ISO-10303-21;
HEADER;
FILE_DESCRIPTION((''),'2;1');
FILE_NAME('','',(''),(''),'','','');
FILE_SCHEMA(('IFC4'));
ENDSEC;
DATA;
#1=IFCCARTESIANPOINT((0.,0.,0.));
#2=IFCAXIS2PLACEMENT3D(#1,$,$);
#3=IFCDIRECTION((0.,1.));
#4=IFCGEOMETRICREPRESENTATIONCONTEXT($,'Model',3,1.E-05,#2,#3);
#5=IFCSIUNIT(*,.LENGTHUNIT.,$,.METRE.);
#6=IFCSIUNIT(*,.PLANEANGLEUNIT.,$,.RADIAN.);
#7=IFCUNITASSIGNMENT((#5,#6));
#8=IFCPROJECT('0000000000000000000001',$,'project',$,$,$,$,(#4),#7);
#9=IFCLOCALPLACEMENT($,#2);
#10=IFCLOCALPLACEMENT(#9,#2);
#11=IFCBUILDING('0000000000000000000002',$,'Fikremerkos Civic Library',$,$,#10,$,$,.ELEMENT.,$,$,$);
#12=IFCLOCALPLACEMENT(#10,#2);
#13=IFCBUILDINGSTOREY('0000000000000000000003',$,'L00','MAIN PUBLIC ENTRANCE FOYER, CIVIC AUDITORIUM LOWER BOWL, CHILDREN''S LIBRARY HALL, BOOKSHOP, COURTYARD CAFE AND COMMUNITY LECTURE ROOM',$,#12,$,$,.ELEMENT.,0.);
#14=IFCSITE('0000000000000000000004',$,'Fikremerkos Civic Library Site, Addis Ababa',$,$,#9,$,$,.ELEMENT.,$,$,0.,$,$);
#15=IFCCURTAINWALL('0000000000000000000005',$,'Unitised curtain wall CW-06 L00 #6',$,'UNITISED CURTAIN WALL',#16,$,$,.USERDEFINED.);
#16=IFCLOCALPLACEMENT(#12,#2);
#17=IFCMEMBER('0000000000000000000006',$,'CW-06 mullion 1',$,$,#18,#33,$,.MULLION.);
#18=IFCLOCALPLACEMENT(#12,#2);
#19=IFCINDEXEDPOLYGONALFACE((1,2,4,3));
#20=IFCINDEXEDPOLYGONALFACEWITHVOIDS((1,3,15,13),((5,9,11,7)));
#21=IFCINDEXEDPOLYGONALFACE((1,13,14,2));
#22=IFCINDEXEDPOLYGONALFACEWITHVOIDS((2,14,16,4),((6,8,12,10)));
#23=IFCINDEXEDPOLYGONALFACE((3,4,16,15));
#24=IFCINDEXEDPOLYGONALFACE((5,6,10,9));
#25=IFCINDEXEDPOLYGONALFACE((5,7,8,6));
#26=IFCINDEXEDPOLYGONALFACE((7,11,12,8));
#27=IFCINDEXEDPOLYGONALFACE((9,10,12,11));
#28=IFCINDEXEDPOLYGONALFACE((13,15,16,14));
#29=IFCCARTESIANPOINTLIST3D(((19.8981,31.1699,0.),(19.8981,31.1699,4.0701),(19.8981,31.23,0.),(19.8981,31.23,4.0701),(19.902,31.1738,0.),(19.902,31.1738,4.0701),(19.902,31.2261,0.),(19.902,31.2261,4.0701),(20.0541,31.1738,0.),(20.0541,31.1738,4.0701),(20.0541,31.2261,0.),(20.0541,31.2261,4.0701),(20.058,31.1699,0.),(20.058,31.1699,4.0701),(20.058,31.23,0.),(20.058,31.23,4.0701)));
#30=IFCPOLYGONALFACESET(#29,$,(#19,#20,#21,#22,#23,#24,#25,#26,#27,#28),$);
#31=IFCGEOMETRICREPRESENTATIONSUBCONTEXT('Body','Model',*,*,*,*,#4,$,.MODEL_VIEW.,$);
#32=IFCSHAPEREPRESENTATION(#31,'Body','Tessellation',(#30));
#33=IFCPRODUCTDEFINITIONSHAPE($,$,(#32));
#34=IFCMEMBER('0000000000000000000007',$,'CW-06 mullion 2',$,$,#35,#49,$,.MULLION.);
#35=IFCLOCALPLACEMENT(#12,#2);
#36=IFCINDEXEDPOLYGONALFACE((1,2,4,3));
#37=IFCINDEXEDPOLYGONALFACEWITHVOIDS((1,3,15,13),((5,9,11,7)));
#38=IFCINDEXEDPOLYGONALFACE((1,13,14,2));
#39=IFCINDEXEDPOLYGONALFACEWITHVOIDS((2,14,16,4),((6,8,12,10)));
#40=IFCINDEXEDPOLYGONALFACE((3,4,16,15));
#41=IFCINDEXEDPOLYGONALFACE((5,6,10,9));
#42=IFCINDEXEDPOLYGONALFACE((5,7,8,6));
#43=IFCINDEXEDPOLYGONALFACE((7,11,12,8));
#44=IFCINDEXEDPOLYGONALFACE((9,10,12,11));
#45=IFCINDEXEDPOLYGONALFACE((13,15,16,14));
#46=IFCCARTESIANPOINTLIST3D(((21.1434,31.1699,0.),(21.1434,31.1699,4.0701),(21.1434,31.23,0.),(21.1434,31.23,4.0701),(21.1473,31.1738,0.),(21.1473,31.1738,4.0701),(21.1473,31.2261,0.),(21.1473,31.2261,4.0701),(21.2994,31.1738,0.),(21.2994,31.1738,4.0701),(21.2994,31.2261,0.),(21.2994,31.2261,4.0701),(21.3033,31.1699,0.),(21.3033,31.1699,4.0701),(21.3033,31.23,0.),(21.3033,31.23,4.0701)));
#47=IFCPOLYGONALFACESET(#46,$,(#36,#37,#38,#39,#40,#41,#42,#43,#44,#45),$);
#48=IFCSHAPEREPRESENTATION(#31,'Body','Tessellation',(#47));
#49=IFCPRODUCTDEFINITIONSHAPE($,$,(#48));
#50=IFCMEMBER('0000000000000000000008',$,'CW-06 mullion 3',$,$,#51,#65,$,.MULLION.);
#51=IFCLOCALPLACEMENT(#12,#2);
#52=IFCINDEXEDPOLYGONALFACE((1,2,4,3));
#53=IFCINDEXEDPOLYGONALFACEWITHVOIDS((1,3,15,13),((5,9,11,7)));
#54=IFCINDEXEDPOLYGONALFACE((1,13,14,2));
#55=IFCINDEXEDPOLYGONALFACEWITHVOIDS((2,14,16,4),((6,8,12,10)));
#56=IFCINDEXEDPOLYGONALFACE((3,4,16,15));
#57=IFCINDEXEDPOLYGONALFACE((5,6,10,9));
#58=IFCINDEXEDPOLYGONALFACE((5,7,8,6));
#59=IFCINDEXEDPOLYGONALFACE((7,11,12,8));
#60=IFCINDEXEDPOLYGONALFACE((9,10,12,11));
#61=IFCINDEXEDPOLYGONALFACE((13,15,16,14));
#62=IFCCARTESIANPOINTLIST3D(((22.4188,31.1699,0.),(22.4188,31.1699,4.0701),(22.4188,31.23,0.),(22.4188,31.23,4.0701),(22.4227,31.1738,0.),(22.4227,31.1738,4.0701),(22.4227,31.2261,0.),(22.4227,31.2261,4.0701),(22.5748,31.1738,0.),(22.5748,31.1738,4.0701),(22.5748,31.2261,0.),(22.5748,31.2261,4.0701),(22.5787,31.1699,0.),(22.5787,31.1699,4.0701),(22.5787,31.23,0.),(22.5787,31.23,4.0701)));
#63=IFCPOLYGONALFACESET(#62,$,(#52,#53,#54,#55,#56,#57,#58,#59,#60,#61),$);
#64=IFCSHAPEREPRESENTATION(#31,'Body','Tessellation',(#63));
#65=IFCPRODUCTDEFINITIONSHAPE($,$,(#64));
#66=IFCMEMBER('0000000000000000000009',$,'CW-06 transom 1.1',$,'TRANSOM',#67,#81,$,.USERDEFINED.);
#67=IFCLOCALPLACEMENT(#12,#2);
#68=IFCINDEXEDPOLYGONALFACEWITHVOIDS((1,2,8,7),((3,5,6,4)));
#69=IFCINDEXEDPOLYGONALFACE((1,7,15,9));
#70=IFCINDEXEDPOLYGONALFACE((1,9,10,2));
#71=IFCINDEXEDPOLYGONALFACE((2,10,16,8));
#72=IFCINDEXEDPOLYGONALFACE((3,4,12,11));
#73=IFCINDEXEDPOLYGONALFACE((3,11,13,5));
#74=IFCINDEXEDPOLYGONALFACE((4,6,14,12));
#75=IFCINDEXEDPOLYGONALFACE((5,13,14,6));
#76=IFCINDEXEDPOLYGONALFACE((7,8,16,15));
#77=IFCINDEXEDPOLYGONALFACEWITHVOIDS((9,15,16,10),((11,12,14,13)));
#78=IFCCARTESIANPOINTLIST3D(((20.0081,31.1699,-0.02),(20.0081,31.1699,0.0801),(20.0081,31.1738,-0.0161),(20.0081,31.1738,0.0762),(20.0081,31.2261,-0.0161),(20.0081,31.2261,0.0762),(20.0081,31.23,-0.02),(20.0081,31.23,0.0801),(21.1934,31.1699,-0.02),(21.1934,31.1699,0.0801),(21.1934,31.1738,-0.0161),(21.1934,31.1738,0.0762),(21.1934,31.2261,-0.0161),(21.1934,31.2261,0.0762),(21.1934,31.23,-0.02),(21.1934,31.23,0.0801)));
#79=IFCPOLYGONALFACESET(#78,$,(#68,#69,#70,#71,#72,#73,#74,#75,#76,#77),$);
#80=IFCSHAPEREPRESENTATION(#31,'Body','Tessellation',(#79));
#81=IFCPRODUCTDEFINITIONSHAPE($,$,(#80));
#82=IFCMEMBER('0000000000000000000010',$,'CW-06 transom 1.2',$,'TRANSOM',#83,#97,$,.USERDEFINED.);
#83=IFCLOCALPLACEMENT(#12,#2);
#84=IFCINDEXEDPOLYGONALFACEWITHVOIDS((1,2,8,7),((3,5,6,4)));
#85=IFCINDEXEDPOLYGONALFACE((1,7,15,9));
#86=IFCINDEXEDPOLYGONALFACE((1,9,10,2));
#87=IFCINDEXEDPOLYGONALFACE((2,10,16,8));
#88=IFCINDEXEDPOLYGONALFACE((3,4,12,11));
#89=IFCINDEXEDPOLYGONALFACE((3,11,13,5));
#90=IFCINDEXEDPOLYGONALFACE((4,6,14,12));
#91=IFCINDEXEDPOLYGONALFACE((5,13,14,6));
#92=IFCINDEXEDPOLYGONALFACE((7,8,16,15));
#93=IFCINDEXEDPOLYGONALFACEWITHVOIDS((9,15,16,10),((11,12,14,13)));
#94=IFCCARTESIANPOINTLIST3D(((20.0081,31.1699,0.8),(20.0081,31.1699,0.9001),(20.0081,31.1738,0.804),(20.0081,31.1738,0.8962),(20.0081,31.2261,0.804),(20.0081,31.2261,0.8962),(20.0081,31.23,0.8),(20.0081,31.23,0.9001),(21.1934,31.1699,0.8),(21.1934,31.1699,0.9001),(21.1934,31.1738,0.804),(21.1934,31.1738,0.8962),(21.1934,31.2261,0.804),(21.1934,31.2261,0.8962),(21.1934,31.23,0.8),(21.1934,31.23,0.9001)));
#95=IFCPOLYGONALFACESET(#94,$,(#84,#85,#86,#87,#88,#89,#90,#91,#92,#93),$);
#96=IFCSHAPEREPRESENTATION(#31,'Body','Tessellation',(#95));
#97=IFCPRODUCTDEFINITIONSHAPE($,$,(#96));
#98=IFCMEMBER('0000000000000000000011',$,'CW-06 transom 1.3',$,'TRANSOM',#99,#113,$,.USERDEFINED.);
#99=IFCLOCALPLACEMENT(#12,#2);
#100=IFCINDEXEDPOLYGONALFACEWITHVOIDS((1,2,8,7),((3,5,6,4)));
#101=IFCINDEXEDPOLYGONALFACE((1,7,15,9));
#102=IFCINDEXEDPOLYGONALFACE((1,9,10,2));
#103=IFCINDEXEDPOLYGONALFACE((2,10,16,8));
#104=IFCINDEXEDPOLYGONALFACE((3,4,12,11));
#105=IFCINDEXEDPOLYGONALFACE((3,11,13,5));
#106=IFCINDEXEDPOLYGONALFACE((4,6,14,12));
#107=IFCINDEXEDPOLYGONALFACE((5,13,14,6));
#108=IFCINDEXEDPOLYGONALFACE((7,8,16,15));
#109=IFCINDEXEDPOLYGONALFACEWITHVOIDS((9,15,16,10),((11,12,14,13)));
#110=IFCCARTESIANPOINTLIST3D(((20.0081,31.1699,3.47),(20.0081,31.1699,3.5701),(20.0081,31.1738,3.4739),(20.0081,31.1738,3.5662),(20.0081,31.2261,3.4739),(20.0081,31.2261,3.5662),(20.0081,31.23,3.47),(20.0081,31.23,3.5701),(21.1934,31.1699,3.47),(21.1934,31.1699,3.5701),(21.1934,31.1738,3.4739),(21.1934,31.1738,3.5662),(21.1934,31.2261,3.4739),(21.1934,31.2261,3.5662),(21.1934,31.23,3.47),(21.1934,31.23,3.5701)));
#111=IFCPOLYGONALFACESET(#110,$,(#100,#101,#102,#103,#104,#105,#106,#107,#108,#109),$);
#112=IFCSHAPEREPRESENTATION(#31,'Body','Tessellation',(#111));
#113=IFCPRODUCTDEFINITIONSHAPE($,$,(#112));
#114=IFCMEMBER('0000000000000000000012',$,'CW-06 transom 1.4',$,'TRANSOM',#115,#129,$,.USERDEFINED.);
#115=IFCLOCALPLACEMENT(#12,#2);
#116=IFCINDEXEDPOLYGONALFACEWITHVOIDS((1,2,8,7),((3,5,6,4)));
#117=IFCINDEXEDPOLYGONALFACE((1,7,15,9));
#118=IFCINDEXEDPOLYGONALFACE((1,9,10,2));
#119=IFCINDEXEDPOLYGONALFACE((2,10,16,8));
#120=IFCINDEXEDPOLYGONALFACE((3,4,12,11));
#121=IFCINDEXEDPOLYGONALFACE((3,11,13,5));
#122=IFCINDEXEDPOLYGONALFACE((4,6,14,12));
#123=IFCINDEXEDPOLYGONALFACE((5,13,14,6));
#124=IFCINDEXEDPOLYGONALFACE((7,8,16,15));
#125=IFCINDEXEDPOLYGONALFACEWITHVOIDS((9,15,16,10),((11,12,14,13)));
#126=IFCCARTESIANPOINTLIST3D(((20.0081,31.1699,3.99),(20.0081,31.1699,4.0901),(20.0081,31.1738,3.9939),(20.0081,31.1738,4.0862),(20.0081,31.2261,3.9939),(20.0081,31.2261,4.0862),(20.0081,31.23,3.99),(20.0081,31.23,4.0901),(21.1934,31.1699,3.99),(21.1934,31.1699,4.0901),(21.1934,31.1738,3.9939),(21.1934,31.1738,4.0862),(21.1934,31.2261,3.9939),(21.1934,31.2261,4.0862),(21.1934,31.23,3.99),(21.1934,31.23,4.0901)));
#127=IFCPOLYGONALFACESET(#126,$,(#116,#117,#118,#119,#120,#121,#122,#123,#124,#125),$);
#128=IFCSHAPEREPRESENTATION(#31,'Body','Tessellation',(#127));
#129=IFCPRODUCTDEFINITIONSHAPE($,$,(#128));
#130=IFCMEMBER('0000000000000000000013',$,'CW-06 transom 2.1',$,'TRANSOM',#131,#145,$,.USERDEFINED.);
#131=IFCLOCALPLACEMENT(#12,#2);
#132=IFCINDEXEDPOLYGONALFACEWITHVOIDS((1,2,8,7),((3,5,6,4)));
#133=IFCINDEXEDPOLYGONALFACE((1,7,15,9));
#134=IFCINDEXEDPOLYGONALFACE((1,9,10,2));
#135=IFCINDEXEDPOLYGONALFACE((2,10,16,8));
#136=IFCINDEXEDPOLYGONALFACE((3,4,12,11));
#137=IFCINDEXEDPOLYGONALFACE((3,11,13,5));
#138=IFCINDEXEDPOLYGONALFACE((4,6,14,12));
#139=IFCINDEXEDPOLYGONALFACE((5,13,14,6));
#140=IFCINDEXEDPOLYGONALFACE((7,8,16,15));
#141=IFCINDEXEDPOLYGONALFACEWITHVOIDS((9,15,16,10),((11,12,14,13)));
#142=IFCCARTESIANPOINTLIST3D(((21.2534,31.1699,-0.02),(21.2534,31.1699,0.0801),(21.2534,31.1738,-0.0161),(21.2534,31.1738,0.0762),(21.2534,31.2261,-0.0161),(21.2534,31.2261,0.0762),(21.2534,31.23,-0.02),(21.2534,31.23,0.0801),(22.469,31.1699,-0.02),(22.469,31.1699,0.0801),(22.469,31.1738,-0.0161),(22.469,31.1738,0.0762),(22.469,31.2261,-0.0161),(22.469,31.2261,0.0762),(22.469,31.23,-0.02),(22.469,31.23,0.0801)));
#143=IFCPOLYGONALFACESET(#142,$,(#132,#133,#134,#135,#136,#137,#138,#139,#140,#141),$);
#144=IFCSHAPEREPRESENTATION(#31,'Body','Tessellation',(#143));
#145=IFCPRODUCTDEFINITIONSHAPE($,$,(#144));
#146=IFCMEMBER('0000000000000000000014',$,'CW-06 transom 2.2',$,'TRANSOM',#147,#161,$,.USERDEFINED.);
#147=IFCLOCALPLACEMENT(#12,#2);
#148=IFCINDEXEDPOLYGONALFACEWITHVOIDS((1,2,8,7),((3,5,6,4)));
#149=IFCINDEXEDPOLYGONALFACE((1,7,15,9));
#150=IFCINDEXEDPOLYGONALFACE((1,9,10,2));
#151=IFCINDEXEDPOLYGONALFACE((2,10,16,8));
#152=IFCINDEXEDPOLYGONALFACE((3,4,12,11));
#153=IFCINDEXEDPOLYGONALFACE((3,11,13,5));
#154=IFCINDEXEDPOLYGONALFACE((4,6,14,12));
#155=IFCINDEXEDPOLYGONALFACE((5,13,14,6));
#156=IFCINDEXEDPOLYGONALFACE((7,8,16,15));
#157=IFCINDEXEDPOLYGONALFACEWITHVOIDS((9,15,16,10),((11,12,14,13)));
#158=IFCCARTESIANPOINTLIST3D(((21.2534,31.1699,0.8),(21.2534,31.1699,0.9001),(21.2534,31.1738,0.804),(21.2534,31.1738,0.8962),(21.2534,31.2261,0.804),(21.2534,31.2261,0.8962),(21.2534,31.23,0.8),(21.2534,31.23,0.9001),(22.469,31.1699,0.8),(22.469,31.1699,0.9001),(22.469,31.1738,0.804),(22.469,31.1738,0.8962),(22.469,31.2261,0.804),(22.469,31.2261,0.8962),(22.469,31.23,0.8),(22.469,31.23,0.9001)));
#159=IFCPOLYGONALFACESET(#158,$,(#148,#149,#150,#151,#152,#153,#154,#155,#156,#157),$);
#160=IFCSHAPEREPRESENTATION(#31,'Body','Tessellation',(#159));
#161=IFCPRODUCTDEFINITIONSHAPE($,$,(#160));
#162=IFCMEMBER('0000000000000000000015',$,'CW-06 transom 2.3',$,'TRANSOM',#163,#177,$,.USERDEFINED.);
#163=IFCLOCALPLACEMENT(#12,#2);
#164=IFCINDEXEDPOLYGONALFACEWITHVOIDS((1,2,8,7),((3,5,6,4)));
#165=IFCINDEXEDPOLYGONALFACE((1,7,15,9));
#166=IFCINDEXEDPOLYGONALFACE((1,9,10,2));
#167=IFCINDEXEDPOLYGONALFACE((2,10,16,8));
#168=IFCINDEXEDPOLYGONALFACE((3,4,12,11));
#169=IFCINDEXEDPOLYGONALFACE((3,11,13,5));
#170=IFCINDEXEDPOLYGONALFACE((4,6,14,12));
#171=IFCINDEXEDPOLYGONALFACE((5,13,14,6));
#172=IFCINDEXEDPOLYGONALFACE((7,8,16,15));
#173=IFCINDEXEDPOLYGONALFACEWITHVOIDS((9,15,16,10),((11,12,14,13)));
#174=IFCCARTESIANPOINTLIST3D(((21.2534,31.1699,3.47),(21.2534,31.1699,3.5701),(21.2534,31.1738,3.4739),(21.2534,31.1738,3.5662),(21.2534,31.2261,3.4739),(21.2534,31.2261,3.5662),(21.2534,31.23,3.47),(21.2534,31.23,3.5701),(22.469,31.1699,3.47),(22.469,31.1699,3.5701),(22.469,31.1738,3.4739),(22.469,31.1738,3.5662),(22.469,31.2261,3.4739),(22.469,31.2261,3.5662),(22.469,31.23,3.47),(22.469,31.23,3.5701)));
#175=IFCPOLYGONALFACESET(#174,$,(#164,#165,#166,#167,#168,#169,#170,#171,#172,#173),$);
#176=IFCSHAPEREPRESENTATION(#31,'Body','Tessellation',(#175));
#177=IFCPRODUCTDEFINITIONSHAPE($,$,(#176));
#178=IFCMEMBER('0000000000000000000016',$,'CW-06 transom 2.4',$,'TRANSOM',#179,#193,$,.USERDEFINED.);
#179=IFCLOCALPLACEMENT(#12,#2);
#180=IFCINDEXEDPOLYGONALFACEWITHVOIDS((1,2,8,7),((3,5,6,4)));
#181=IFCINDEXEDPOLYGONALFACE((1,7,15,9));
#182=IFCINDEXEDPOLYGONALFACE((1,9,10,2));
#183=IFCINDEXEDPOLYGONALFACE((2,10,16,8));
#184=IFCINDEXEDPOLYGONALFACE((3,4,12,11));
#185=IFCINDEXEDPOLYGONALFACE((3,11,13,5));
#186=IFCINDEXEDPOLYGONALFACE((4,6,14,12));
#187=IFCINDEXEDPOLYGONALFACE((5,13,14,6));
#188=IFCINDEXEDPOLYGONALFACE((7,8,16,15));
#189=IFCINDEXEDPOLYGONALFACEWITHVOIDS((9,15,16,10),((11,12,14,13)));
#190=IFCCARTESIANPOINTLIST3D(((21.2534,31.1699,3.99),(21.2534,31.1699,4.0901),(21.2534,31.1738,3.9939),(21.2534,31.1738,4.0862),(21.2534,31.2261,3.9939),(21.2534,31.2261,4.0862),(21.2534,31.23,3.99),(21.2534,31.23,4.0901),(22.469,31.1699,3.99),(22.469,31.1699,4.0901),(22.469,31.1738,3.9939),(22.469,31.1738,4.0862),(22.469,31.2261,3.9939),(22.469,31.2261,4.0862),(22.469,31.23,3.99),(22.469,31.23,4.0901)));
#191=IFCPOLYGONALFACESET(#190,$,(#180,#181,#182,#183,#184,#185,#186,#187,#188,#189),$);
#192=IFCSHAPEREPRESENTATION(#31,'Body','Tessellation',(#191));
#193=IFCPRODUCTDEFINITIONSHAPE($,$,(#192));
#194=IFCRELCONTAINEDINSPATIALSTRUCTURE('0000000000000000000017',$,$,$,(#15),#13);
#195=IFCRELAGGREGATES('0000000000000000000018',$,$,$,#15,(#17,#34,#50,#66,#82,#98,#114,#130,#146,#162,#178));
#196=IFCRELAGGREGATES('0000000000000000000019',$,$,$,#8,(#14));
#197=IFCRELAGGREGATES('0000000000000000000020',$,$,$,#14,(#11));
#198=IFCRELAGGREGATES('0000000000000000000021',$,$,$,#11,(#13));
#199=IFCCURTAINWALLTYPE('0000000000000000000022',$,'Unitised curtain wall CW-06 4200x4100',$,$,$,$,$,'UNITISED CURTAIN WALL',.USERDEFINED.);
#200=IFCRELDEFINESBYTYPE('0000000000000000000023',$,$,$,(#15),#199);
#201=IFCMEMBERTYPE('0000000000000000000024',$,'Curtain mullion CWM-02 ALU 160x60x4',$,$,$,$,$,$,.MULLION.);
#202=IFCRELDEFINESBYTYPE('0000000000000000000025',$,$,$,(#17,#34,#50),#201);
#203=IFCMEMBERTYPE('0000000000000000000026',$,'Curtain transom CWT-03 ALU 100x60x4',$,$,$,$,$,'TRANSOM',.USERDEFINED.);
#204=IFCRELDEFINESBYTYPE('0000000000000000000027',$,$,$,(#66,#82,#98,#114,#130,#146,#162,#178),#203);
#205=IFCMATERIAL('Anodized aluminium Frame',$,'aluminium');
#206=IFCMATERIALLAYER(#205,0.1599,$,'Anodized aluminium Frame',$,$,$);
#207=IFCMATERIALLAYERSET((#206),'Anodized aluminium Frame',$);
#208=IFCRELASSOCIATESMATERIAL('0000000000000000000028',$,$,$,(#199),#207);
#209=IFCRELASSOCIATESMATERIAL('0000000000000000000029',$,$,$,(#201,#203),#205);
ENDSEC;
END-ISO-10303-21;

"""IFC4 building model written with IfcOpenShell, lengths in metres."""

from ifc_helpers import new_model, si_unit, direction, frame, origin, origin_2d, place, context, subcontext, project, spatial, hollow_rectangle, extrude, material, layer, layer_set, material_profile, profile_set, type_object, element, aggregate, save


model = new_model("IFC4")

# Units and contexts
model_context = context("Model", 3, precision=1e-05, world=origin(), true_north=direction((0.0, 1.0)))
body_context = subcontext(model_context, "Body", "Model", "MODEL_VIEW")
ifc_project = project(units=[si_unit("LENGTHUNIT", "METRE"), si_unit("PLANEANGLEUNIT", "RADIAN")], contexts=[model_context])

# Site, building, storey
site_placement = place(None, origin())
site = spatial("IfcSite", under=ifc_project, at=site_placement, Name="Fikremerkos Civic Library Site, Addis Ababa", CompositionType="ELEMENT", RefElevation=0.0)
building_placement = place(site_placement, origin())
building = spatial("IfcBuilding", under=site, at=building_placement, Name="Fikremerkos Civic Library", CompositionType="ELEMENT")
storey_placement = place(building_placement, origin())
storey = spatial("IfcBuildingStorey", under=building, at=storey_placement, Name="L00", Description="MAIN PUBLIC ENTRANCE FOYER, CIVIC AUDITORIUM LOWER BOWL, CHILDREN'S LIBRARY HALL, BOOKSHOP, COURTYARD CAFE AND COMMUNITY LECTURE ROOM", CompositionType="ELEMENT", Elevation=0.0)

# Curtain wall, members
ifc_material_1 = material(Name="Anodized aluminium Frame", Category="aluminium")
ifc_layer_1 = layer(ifc_material_1, 0.1599, Name="Anodized aluminium Frame")
ifc_layer_set_1 = layer_set([ifc_layer_1], Name="Anodized aluminium Frame")
curtain_wall_type = type_object("IfcCurtainWallType", Name="Unitised curtain wall CW-06 4200x4100", ElementType="UNITISED CURTAIN WALL", PredefinedType="USERDEFINED", material=ifc_layer_set_1)
curtain_wall_placement = place(storey_placement, origin())
curtain_wall = element("IfcCurtainWall", 1, at=curtain_wall_placement, inside=storey, type_object=curtain_wall_type, Name="Unitised curtain wall CW-06 L00 #6", ObjectType="UNITISED CURTAIN WALL", PredefinedType="USERDEFINED")
ifc_material_profile_1 = material_profile(ifc_material_1, hollow_rectangle(XDim=0.0601, YDim=0.1599, WallThickness=0.0039, at=origin_2d()), Name="ALU 160x60x4")
ifc_profile_set_1 = profile_set([ifc_material_profile_1], Name="Anodized aluminium Frame")
member_type_1 = type_object("IfcMemberType", Name="Curtain mullion CWM-02 ALU 160x60x4", PredefinedType="MULLION", material=ifc_profile_set_1)
member_1_placement = place(storey_placement, frame((19.978, 31.2, 0.0), z_axis=(0.0, 0.0, 1.0), x_axis=(0.0, 1.0, 0.0)))
member_1 = element("IfcMember", 2, at=member_1_placement, type_object=member_type_1, Name="CW-06 mullion 1", PredefinedType="MULLION", context=body_context, shape_type="SweptSolid", body=[
    extrude(hollow_rectangle(XDim=0.0601, YDim=0.1599, WallThickness=0.0039, at=origin_2d()), origin(), (0.0, 0.0, 1.0), 4.0701),
])
member_2_placement = place(storey_placement, frame((21.2234, 31.2, 0.0), z_axis=(0.0, 0.0, 1.0), x_axis=(0.0, 1.0, 0.0)))
member_2 = element("IfcMember", 3, at=member_2_placement, type_object=member_type_1, Name="CW-06 mullion 2", PredefinedType="MULLION", context=body_context, shape_type="SweptSolid", body=[
    extrude(hollow_rectangle(XDim=0.0601, YDim=0.1599, WallThickness=0.0039, at=origin_2d()), origin(), (0.0, 0.0, 1.0), 4.0701),
])
member_3_placement = place(storey_placement, frame((22.4988, 31.2, 0.0), z_axis=(0.0, 0.0, 1.0), x_axis=(0.0, 1.0, 0.0)))
member_3 = element("IfcMember", 4, at=member_3_placement, type_object=member_type_1, Name="CW-06 mullion 3", PredefinedType="MULLION", context=body_context, shape_type="SweptSolid", body=[
    extrude(hollow_rectangle(XDim=0.0601, YDim=0.1599, WallThickness=0.0039, at=origin_2d()), origin(), (0.0, 0.0, 1.0), 4.0701),
])
ifc_material_profile_2 = material_profile(ifc_material_1, hollow_rectangle(XDim=0.0601, YDim=0.1001, WallThickness=0.0039, at=origin_2d()), Name="ALU 100x60x4")
ifc_profile_set_2 = profile_set([ifc_material_profile_2], Name="Anodized aluminium Frame")
member_type_2 = type_object("IfcMemberType", Name="Curtain transom CWT-03 ALU 100x60x4", ElementType="TRANSOM", PredefinedType="USERDEFINED", material=ifc_profile_set_2)
member_4_placement = place(storey_placement, frame((20.0081, 31.2, 0.03), z_axis=(1.0, 0.0, 0.0), x_axis=(0.0, 1.0, 0.0)))
member_4 = element("IfcMember", 5, at=member_4_placement, type_object=member_type_2, Name="CW-06 transom 1.1", ObjectType="TRANSOM", PredefinedType="USERDEFINED", context=body_context, shape_type="SweptSolid", body=[
    extrude(hollow_rectangle(XDim=0.0601, YDim=0.1001, WallThickness=0.0039, at=origin_2d()), origin(), (0.0, 0.0, 1.0), 1.1853),
])
member_5_placement = place(storey_placement, frame((20.0081, 31.2, 0.8501), z_axis=(1.0, 0.0, 0.0), x_axis=(0.0, 1.0, 0.0)))
member_5 = element("IfcMember", 6, at=member_5_placement, type_object=member_type_2, Name="CW-06 transom 1.2", ObjectType="TRANSOM", PredefinedType="USERDEFINED", context=body_context, shape_type="SweptSolid", body=[
    extrude(hollow_rectangle(XDim=0.0601, YDim=0.1001, WallThickness=0.0039, at=origin_2d()), origin(), (0.0, 0.0, 1.0), 1.1853),
])
member_6_placement = place(storey_placement, frame((20.0081, 31.2, 3.52), z_axis=(1.0, 0.0, 0.0), x_axis=(0.0, 1.0, 0.0)))
member_6 = element("IfcMember", 7, at=member_6_placement, type_object=member_type_2, Name="CW-06 transom 1.3", ObjectType="TRANSOM", PredefinedType="USERDEFINED", context=body_context, shape_type="SweptSolid", body=[
    extrude(hollow_rectangle(XDim=0.0601, YDim=0.1001, WallThickness=0.0039, at=origin_2d()), origin(), (0.0, 0.0, 1.0), 1.1853),
])
member_7_placement = place(storey_placement, frame((20.0081, 31.2, 4.04), z_axis=(1.0, 0.0, 0.0), x_axis=(0.0, 1.0, 0.0)))
member_7 = element("IfcMember", 8, at=member_7_placement, type_object=member_type_2, Name="CW-06 transom 1.4", ObjectType="TRANSOM", PredefinedType="USERDEFINED", context=body_context, shape_type="SweptSolid", body=[
    extrude(hollow_rectangle(XDim=0.0601, YDim=0.1001, WallThickness=0.0039, at=origin_2d()), origin(), (0.0, 0.0, 1.0), 1.1853),
])
member_8_placement = place(storey_placement, frame((21.2534, 31.2, 0.03), z_axis=(1.0, 0.0, 0.0), x_axis=(0.0, 1.0, 0.0)))
member_8 = element("IfcMember", 9, at=member_8_placement, type_object=member_type_2, Name="CW-06 transom 2.1", ObjectType="TRANSOM", PredefinedType="USERDEFINED", context=body_context, shape_type="SweptSolid", body=[
    extrude(hollow_rectangle(XDim=0.0601, YDim=0.1001, WallThickness=0.0039, at=origin_2d()), origin(), (0.0, 0.0, 1.0), 1.2156),
])
member_9_placement = place(storey_placement, frame((21.2534, 31.2, 0.8501), z_axis=(1.0, 0.0, 0.0), x_axis=(0.0, 1.0, 0.0)))
member_9 = element("IfcMember", 10, at=member_9_placement, type_object=member_type_2, Name="CW-06 transom 2.2", ObjectType="TRANSOM", PredefinedType="USERDEFINED", context=body_context, shape_type="SweptSolid", body=[
    extrude(hollow_rectangle(XDim=0.0601, YDim=0.1001, WallThickness=0.0039, at=origin_2d()), origin(), (0.0, 0.0, 1.0), 1.2156),
])
member_10_placement = place(storey_placement, frame((21.2534, 31.2, 3.52), z_axis=(1.0, 0.0, 0.0), x_axis=(0.0, 1.0, 0.0)))
member_10 = element("IfcMember", 11, at=member_10_placement, type_object=member_type_2, Name="CW-06 transom 2.3", ObjectType="TRANSOM", PredefinedType="USERDEFINED", context=body_context, shape_type="SweptSolid", body=[
    extrude(hollow_rectangle(XDim=0.0601, YDim=0.1001, WallThickness=0.0039, at=origin_2d()), origin(), (0.0, 0.0, 1.0), 1.2156),
])
member_11_placement = place(storey_placement, frame((21.2534, 31.2, 4.04), z_axis=(1.0, 0.0, 0.0), x_axis=(0.0, 1.0, 0.0)))
member_11 = element("IfcMember", 12, at=member_11_placement, type_object=member_type_2, Name="CW-06 transom 2.4", ObjectType="TRANSOM", PredefinedType="USERDEFINED", context=body_context, shape_type="SweptSolid", body=[
    extrude(hollow_rectangle(XDim=0.0601, YDim=0.1001, WallThickness=0.0039, at=origin_2d()), origin(), (0.0, 0.0, 1.0), 1.2156),
])
aggregate(curtain_wall, [member_1, member_2, member_3, member_4, member_5, member_6, member_7, member_8, member_9, member_10, member_11])

save(model, "model.ifc")
